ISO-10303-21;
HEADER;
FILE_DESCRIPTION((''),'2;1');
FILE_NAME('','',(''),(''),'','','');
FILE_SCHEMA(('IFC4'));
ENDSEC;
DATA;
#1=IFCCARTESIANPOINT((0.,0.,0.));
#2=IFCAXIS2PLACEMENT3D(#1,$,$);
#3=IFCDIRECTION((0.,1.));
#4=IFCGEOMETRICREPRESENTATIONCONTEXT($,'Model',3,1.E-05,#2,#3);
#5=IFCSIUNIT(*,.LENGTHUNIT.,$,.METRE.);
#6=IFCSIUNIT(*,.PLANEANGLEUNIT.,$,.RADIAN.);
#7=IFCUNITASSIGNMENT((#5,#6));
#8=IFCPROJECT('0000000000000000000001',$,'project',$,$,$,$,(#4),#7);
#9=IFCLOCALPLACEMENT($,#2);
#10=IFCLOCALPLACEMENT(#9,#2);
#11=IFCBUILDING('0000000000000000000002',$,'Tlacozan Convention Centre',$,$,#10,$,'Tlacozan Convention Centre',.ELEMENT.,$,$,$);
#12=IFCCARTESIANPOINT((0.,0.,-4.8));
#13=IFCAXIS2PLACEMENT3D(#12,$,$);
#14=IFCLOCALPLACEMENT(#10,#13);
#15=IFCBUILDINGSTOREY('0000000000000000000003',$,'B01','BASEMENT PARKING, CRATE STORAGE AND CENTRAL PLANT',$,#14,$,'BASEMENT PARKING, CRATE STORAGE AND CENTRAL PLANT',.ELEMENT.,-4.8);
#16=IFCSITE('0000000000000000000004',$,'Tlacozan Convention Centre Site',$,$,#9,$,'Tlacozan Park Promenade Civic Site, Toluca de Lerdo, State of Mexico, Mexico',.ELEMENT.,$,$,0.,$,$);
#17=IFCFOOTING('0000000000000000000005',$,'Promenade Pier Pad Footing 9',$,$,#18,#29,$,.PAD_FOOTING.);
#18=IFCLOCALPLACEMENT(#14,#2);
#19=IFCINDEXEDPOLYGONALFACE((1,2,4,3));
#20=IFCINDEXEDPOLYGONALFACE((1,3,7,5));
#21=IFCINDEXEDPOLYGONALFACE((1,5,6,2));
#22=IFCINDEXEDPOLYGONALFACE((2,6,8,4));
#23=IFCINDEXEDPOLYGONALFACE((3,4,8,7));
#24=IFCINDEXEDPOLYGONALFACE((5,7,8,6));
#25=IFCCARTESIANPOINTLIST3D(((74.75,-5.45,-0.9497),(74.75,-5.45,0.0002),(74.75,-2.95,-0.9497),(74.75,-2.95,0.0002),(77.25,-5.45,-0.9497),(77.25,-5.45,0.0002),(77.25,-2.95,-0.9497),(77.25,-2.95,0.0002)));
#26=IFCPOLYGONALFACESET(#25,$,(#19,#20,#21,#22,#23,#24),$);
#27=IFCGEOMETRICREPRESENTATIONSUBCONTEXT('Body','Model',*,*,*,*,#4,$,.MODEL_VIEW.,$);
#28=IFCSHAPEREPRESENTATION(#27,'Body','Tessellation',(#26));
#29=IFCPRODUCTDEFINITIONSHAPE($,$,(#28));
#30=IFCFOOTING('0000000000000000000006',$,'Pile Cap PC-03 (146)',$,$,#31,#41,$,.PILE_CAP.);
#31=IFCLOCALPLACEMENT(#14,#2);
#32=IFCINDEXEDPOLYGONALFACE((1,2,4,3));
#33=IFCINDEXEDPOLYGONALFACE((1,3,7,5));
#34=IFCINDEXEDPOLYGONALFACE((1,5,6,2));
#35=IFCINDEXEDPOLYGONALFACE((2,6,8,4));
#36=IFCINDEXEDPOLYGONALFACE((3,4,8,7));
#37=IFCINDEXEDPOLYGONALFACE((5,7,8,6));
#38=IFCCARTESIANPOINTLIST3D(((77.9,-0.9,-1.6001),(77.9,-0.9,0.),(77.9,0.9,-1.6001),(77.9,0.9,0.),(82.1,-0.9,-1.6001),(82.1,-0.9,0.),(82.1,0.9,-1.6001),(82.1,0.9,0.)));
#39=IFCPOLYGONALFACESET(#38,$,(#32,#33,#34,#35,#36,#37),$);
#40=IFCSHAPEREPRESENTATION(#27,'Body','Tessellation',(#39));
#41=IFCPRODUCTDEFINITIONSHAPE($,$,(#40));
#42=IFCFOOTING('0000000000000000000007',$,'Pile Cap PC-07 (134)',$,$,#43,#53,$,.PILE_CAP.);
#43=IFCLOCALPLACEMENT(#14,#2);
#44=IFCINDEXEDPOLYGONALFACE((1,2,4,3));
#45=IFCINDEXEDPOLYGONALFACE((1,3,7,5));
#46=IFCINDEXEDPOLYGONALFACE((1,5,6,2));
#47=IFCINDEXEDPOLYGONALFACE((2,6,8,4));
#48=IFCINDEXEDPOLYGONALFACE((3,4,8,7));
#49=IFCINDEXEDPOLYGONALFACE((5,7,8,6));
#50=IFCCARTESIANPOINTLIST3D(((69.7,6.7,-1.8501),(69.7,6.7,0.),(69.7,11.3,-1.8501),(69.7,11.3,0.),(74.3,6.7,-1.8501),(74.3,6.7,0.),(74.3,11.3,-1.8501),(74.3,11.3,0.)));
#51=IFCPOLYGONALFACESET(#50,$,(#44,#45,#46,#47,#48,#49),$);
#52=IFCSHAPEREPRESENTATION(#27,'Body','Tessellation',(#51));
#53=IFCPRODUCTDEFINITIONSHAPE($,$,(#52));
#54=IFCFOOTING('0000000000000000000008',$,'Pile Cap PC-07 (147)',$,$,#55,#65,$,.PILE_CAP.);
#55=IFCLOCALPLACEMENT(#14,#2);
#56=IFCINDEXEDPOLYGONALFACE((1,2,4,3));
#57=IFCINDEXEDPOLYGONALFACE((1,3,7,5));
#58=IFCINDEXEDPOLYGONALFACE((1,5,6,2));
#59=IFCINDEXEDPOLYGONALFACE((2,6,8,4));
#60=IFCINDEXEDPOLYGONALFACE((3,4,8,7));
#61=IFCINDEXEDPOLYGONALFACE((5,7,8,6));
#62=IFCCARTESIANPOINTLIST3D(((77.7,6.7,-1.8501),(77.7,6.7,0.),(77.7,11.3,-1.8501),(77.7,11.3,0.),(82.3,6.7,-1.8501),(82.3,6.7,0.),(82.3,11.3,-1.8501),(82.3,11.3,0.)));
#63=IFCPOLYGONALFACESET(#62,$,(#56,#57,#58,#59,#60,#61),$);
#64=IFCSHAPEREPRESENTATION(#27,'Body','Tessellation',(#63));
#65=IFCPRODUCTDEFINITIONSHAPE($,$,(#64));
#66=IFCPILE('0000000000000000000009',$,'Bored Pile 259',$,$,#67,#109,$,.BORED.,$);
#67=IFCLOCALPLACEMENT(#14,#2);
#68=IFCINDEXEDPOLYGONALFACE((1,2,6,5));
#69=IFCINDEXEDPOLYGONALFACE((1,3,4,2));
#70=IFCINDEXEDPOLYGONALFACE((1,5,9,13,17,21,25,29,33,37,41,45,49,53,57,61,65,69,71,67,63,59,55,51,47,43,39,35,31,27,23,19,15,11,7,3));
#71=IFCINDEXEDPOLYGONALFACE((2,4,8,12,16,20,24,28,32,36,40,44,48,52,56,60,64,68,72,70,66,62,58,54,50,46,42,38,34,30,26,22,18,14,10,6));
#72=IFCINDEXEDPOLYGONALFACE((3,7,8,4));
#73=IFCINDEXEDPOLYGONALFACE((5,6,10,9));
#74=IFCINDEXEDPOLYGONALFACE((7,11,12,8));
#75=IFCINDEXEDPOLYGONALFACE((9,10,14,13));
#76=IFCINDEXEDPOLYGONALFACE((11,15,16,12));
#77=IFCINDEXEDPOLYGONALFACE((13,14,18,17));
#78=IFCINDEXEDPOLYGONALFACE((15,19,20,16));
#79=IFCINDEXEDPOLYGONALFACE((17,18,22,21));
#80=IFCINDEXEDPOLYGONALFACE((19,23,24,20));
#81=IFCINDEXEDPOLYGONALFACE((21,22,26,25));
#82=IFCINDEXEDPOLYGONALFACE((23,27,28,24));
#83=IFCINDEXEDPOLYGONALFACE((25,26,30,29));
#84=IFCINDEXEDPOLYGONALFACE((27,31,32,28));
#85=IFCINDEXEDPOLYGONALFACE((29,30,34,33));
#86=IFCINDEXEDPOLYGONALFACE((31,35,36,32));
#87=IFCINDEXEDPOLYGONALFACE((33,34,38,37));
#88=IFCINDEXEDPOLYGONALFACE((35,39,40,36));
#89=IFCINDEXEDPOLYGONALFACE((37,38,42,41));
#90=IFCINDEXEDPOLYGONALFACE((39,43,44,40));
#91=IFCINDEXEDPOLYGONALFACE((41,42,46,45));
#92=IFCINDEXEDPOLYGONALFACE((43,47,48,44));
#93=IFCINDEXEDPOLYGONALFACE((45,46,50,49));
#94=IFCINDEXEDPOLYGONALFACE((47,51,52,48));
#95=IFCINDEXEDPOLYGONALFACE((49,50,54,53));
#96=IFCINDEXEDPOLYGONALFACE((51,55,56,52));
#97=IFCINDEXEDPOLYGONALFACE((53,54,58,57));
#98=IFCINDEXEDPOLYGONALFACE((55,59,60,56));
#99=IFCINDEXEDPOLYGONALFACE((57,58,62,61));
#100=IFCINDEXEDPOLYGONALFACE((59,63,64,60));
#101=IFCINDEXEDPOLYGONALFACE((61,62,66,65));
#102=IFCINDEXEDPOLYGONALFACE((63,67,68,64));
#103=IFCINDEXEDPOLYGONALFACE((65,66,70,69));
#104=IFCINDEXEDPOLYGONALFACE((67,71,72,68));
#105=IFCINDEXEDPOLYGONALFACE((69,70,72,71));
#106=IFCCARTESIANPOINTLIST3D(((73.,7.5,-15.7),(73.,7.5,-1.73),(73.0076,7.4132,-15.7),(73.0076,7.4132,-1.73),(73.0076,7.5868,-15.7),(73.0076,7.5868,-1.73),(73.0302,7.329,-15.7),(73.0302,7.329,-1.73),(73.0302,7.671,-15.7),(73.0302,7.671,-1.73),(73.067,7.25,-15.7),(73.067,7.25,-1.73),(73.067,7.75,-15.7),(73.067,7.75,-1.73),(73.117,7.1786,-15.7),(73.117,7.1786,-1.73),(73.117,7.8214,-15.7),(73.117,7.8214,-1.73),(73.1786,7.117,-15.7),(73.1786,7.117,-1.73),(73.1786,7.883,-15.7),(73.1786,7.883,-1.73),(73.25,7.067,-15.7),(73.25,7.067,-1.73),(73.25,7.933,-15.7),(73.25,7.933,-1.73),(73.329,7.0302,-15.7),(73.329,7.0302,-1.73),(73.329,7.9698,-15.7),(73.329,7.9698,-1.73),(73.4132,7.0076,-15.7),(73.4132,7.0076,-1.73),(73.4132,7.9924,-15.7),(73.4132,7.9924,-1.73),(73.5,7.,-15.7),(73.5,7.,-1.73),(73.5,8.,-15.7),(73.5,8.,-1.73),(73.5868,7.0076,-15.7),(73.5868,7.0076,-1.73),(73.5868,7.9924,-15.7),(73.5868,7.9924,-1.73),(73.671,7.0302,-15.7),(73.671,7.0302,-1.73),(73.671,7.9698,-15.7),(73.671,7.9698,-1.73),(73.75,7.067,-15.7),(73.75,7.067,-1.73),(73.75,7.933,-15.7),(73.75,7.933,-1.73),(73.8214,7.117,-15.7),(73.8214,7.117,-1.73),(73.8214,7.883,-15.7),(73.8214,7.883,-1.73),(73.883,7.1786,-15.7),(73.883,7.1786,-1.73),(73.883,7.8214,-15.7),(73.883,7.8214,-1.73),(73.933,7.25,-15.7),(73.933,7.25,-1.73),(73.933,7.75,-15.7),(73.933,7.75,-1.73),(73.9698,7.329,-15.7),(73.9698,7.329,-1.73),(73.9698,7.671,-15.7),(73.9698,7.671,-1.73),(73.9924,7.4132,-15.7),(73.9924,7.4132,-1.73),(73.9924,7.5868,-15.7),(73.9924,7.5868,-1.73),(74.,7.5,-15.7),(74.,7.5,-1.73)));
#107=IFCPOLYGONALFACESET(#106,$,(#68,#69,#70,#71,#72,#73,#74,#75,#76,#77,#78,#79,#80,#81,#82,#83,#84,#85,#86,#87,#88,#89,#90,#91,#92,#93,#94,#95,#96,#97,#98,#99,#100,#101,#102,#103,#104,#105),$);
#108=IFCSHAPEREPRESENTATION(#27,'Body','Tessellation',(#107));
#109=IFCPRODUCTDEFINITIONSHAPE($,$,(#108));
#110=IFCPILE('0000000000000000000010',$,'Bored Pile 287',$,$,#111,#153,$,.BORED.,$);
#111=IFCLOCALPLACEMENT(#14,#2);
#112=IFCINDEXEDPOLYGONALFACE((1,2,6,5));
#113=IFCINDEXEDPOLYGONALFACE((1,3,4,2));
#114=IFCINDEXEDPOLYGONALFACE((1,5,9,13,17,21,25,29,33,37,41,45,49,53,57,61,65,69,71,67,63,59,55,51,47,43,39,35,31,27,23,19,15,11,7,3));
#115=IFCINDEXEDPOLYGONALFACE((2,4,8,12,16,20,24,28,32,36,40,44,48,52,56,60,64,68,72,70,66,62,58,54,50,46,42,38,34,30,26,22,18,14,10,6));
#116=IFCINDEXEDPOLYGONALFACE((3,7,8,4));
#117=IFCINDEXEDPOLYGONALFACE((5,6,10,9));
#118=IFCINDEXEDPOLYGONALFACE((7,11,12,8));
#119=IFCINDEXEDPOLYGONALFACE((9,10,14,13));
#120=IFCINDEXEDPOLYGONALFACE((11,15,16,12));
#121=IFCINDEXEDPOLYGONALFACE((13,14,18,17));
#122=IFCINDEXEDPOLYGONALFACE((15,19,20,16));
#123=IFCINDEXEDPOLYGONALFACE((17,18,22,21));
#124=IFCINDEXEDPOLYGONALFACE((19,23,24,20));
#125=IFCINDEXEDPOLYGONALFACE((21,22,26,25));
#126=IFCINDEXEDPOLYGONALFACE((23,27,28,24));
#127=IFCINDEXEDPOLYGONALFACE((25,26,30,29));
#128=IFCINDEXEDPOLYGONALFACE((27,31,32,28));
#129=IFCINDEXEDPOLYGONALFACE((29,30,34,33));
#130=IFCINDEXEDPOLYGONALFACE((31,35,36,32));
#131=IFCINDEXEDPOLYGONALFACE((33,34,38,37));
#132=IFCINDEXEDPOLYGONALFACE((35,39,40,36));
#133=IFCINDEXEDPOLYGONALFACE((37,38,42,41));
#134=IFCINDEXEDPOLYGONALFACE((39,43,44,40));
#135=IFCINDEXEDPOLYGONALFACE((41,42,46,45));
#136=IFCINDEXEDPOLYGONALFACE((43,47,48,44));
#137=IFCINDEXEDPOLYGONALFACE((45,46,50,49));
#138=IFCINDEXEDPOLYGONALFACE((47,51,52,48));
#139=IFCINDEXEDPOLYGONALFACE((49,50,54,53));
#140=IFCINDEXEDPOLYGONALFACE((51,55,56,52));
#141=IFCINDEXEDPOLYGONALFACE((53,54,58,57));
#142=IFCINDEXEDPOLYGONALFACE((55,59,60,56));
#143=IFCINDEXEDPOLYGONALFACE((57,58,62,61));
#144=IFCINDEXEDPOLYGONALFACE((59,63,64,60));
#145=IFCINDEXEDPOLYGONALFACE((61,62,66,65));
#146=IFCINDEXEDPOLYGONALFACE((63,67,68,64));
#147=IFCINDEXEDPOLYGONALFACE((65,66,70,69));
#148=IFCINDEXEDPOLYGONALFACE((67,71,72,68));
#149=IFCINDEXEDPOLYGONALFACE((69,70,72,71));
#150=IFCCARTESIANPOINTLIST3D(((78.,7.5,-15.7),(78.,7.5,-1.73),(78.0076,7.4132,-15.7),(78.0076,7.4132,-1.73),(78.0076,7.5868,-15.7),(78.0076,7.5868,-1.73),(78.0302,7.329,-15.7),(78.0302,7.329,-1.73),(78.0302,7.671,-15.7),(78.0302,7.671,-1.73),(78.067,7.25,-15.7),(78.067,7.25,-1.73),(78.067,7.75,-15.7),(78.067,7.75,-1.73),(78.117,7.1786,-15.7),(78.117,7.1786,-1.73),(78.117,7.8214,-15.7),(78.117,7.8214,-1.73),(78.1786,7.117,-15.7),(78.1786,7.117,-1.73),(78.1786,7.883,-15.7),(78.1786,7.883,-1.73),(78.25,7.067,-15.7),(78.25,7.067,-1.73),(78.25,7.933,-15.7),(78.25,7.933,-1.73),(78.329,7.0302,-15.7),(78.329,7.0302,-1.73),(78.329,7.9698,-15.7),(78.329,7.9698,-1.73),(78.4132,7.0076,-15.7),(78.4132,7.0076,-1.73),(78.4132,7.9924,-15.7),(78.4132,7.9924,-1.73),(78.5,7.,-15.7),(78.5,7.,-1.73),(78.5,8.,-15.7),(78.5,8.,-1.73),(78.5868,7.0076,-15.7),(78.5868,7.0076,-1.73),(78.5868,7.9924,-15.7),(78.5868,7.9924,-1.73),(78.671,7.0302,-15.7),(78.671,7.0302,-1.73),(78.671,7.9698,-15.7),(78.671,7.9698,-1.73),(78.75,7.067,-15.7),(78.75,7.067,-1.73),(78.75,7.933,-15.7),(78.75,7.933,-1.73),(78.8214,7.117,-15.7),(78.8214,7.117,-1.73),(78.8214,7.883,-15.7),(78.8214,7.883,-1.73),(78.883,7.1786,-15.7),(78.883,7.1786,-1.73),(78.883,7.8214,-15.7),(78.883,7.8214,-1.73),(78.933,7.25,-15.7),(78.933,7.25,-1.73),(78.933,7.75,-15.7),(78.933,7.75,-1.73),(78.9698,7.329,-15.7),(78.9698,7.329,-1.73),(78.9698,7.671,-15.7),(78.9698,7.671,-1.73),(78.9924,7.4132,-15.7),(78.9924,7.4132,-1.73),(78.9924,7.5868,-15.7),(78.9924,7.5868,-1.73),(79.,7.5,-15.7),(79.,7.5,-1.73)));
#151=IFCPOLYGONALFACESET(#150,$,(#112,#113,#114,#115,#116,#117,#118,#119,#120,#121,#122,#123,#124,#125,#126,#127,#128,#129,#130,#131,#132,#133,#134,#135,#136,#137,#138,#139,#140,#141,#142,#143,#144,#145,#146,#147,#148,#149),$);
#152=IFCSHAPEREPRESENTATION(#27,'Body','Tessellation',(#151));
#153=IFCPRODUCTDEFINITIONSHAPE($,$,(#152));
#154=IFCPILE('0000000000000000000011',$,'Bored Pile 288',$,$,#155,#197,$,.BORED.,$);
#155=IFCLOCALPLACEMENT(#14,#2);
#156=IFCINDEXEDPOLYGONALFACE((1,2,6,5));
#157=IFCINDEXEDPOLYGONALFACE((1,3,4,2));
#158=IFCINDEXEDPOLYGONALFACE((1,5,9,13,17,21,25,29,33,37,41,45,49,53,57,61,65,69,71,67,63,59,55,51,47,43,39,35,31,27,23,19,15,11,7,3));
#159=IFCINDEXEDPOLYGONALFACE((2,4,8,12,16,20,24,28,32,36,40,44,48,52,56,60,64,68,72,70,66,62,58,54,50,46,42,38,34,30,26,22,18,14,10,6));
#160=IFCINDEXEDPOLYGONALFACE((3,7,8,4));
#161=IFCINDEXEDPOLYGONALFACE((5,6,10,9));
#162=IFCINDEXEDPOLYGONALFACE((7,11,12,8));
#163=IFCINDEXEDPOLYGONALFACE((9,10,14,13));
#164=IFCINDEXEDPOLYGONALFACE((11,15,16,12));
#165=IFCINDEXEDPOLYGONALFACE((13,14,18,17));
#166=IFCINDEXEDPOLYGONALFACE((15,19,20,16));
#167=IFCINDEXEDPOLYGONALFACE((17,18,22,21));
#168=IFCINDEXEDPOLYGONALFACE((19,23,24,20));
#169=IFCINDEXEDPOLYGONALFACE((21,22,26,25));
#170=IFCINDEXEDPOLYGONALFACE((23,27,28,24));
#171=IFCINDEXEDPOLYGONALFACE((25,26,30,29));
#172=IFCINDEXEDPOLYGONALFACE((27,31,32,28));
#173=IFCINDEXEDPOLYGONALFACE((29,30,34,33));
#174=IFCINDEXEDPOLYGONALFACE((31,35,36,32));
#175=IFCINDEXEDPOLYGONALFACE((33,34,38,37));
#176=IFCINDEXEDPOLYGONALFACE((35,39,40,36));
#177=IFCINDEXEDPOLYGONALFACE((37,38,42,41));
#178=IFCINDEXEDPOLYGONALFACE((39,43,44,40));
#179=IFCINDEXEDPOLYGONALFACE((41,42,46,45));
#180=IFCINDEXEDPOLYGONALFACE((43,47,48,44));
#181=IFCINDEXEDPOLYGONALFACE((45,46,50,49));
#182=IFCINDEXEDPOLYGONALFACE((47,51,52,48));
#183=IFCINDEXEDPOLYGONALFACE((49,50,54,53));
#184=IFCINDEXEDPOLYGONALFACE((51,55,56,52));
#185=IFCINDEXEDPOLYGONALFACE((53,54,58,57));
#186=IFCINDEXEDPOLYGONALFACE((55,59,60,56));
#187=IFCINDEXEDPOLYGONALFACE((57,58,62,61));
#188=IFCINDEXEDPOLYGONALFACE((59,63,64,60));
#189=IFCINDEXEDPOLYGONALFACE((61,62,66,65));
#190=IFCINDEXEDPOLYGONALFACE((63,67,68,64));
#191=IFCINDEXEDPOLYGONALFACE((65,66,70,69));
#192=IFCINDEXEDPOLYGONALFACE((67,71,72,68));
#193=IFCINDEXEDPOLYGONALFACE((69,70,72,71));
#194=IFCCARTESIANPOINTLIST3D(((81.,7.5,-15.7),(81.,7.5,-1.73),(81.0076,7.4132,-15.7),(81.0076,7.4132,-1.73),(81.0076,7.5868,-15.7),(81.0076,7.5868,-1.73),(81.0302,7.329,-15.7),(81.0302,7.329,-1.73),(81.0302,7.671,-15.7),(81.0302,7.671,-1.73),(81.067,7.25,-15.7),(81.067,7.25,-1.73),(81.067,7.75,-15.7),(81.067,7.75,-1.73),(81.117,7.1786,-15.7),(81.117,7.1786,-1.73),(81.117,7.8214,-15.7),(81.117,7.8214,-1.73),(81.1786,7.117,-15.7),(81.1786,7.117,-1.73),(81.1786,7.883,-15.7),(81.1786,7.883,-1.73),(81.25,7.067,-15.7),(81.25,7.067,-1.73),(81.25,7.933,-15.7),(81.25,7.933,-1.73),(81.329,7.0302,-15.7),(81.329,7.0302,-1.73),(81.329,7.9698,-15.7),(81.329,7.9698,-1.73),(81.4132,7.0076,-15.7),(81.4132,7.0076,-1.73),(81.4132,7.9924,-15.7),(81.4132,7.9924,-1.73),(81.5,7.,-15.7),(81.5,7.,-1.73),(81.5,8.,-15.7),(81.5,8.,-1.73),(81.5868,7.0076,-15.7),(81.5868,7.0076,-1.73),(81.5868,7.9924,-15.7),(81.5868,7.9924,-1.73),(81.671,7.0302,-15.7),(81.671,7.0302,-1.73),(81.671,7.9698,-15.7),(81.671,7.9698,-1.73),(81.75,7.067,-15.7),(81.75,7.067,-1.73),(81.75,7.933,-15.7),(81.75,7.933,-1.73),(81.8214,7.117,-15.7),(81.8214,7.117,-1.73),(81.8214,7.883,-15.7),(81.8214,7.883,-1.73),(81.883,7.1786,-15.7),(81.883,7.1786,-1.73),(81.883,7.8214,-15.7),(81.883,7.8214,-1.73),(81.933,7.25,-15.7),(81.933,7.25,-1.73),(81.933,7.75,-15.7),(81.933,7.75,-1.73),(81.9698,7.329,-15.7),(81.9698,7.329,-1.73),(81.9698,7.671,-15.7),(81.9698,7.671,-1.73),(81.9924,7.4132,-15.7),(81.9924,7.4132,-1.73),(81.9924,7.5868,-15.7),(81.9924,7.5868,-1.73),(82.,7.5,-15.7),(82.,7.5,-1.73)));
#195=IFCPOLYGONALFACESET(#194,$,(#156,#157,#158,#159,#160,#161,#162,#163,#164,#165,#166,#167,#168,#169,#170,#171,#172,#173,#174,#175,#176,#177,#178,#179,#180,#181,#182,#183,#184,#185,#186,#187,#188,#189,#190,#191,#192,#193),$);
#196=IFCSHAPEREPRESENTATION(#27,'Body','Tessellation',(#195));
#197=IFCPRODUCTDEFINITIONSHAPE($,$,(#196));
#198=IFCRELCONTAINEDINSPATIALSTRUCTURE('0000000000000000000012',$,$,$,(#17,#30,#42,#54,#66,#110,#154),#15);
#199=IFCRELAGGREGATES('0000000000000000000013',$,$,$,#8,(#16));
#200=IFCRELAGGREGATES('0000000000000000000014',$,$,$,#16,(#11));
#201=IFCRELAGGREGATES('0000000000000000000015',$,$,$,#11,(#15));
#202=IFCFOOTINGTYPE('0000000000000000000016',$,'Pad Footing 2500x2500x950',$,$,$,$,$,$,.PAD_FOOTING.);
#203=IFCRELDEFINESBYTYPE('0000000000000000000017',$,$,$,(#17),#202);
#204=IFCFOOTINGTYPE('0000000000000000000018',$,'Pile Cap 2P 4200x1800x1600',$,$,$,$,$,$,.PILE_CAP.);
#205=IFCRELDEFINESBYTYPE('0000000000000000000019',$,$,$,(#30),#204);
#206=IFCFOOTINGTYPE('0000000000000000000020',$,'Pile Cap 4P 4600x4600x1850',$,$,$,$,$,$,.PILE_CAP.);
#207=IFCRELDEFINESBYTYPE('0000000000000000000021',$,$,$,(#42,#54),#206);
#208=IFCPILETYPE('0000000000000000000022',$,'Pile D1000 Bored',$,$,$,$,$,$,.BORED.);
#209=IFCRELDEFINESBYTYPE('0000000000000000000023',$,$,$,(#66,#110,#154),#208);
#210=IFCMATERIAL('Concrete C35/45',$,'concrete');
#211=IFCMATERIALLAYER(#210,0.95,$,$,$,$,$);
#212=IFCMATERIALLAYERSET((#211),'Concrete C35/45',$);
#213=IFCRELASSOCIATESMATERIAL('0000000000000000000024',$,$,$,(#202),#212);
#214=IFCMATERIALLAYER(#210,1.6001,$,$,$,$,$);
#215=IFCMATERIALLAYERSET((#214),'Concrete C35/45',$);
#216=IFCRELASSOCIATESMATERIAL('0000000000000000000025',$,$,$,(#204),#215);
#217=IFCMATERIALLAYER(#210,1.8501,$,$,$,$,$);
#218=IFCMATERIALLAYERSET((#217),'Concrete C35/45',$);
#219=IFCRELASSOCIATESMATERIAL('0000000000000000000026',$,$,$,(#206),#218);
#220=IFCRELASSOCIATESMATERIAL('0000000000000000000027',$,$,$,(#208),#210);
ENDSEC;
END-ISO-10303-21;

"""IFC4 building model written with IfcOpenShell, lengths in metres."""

from ifc_helpers import new_model, si_unit, direction, frame, origin, origin_2d, place, context, subcontext, project, spatial, rectangle, circle, extrude, material, layer, layer_set, material_profile, profile_set, type_object, element, save


model = new_model("IFC4")

# Units and contexts
model_context = context("Model", 3, precision=1e-05, world=origin(), true_north=direction((0.0, 1.0)))
body_context = subcontext(model_context, "Body", "Model", "MODEL_VIEW")
ifc_project = project(units=[si_unit("LENGTHUNIT", "METRE"), si_unit("PLANEANGLEUNIT", "RADIAN")], contexts=[model_context])

# Site, building, storey
site_placement = place(None, origin())
site = spatial("IfcSite", under=ifc_project, at=site_placement, Name="Tlacozan Convention Centre Site", LongName="Tlacozan Park Promenade Civic Site, Toluca de Lerdo, State of Mexico, Mexico", CompositionType="ELEMENT", RefElevation=0.0)
building_placement = place(site_placement, origin())
building = spatial("IfcBuilding", under=site, at=building_placement, Name="Tlacozan Convention Centre", LongName="Tlacozan Convention Centre", CompositionType="ELEMENT")
storey_placement = place(building_placement, frame((0.0, 0.0, -4.8)))
storey = spatial("IfcBuildingStorey", under=building, at=storey_placement, Name="B01", Description="BASEMENT PARKING, CRATE STORAGE AND CENTRAL PLANT", LongName="BASEMENT PARKING, CRATE STORAGE AND CENTRAL PLANT", CompositionType="ELEMENT", Elevation=-4.8)

# Footings
ifc_material_1 = material(Name="Concrete C35/45", Category="concrete")
ifc_layer_1 = layer(ifc_material_1, 0.95)
ifc_layer_set_1 = layer_set([ifc_layer_1], Name="Concrete C35/45")
footing_type_1 = type_object("IfcFootingType", Name="Pad Footing 2500x2500x950", PredefinedType="PAD_FOOTING", material=ifc_layer_set_1)
footing_1_placement = place(storey_placement, frame((76.0, -4.2, -0.9497), z_axis=(0.0, 0.0, 1.0), x_axis=(1.0, 0.0, 0.0)))
element("IfcFooting", 1, at=footing_1_placement, inside=storey, type_object=footing_type_1, Name="Promenade Pier Pad Footing 9", PredefinedType="PAD_FOOTING", context=body_context, shape_type="SweptSolid", body=[
    extrude(rectangle(XDim=2.5, YDim=2.5, at=origin_2d()), origin(), (0.0, 0.0, 1.0), 0.95),
])
ifc_layer_2 = layer(ifc_material_1, 1.6001)
ifc_layer_set_2 = layer_set([ifc_layer_2], Name="Concrete C35/45")
footing_type_2 = type_object("IfcFootingType", Name="Pile Cap 2P 4200x1800x1600", PredefinedType="PILE_CAP", material=ifc_layer_set_2)
footing_2_placement = place(storey_placement, frame((80.0, 0.0, -1.6001), z_axis=(0.0, 0.0, 1.0), x_axis=(1.0, 0.0, 0.0)))
element("IfcFooting", 2, at=footing_2_placement, inside=storey, type_object=footing_type_2, Name="Pile Cap PC-03 (146)", PredefinedType="PILE_CAP", context=body_context, shape_type="SweptSolid", body=[
    extrude(rectangle(XDim=4.2, YDim=1.8, at=origin_2d()), origin(), (0.0, 0.0, 1.0), 1.6001),
])
ifc_layer_3 = layer(ifc_material_1, 1.8501)
ifc_layer_set_3 = layer_set([ifc_layer_3], Name="Concrete C35/45")
footing_type_3 = type_object("IfcFootingType", Name="Pile Cap 4P 4600x4600x1850", PredefinedType="PILE_CAP", material=ifc_layer_set_3)
for number, where, z_axis, x_axis, name in (
    (3, (72.0, 9.0, -1.8501), (0.0, 0.0, 1.0), (1.0, 0.0, 0.0), "Pile Cap PC-07 (134)"),
    (4, (80.0, 9.0, -1.8501), (0.0, 0.0, 1.0), (1.0, 0.0, 0.0), "Pile Cap PC-07 (147)"),
):
    element("IfcFooting", number, at=place(storey_placement, frame(where, z_axis=z_axis, x_axis=x_axis)), inside=storey, type_object=footing_type_3, Name=name, PredefinedType="PILE_CAP", context=body_context, shape_type="SweptSolid", body=[
        extrude(rectangle(XDim=4.6001, YDim=4.6001, at=origin_2d()), origin(), (0.0, 0.0, 1.0), 1.8501),
    ])

# Piles
ifc_material_profile_1 = material_profile(ifc_material_1, circle(Radius=0.5, at=origin_2d()), Name="PILE D1000")
ifc_profile_set_1 = profile_set([ifc_material_profile_1], Name="Concrete C35/45")
pile_type_1 = type_object("IfcPileType", Name="Pile D1000 Bored", PredefinedType="BORED", material=ifc_profile_set_1)
for number, where, z_axis, x_axis, name in (
    (5, (73.5, 7.5, -1.73), (0.0, 0.0, -1.0), (1.0, 0.0, 0.0), "Bored Pile 259"),
    (6, (78.5, 7.5, -1.73), (0.0, 0.0, -1.0), (1.0, 0.0, 0.0), "Bored Pile 287"),
    (7, (81.5, 7.5, -1.73), (0.0, 0.0, -1.0), (1.0, 0.0, 0.0), "Bored Pile 288"),
):
    element("IfcPile", number, at=place(storey_placement, frame(where, z_axis=z_axis, x_axis=x_axis)), inside=storey, type_object=pile_type_1, Name=name, PredefinedType="BORED", context=body_context, shape_type="SweptSolid", body=[
        extrude(circle(Radius=0.5, at=origin_2d()), origin(), (0.0, 0.0, 1.0), 13.97),
    ])

save(model, "model.ifc")
